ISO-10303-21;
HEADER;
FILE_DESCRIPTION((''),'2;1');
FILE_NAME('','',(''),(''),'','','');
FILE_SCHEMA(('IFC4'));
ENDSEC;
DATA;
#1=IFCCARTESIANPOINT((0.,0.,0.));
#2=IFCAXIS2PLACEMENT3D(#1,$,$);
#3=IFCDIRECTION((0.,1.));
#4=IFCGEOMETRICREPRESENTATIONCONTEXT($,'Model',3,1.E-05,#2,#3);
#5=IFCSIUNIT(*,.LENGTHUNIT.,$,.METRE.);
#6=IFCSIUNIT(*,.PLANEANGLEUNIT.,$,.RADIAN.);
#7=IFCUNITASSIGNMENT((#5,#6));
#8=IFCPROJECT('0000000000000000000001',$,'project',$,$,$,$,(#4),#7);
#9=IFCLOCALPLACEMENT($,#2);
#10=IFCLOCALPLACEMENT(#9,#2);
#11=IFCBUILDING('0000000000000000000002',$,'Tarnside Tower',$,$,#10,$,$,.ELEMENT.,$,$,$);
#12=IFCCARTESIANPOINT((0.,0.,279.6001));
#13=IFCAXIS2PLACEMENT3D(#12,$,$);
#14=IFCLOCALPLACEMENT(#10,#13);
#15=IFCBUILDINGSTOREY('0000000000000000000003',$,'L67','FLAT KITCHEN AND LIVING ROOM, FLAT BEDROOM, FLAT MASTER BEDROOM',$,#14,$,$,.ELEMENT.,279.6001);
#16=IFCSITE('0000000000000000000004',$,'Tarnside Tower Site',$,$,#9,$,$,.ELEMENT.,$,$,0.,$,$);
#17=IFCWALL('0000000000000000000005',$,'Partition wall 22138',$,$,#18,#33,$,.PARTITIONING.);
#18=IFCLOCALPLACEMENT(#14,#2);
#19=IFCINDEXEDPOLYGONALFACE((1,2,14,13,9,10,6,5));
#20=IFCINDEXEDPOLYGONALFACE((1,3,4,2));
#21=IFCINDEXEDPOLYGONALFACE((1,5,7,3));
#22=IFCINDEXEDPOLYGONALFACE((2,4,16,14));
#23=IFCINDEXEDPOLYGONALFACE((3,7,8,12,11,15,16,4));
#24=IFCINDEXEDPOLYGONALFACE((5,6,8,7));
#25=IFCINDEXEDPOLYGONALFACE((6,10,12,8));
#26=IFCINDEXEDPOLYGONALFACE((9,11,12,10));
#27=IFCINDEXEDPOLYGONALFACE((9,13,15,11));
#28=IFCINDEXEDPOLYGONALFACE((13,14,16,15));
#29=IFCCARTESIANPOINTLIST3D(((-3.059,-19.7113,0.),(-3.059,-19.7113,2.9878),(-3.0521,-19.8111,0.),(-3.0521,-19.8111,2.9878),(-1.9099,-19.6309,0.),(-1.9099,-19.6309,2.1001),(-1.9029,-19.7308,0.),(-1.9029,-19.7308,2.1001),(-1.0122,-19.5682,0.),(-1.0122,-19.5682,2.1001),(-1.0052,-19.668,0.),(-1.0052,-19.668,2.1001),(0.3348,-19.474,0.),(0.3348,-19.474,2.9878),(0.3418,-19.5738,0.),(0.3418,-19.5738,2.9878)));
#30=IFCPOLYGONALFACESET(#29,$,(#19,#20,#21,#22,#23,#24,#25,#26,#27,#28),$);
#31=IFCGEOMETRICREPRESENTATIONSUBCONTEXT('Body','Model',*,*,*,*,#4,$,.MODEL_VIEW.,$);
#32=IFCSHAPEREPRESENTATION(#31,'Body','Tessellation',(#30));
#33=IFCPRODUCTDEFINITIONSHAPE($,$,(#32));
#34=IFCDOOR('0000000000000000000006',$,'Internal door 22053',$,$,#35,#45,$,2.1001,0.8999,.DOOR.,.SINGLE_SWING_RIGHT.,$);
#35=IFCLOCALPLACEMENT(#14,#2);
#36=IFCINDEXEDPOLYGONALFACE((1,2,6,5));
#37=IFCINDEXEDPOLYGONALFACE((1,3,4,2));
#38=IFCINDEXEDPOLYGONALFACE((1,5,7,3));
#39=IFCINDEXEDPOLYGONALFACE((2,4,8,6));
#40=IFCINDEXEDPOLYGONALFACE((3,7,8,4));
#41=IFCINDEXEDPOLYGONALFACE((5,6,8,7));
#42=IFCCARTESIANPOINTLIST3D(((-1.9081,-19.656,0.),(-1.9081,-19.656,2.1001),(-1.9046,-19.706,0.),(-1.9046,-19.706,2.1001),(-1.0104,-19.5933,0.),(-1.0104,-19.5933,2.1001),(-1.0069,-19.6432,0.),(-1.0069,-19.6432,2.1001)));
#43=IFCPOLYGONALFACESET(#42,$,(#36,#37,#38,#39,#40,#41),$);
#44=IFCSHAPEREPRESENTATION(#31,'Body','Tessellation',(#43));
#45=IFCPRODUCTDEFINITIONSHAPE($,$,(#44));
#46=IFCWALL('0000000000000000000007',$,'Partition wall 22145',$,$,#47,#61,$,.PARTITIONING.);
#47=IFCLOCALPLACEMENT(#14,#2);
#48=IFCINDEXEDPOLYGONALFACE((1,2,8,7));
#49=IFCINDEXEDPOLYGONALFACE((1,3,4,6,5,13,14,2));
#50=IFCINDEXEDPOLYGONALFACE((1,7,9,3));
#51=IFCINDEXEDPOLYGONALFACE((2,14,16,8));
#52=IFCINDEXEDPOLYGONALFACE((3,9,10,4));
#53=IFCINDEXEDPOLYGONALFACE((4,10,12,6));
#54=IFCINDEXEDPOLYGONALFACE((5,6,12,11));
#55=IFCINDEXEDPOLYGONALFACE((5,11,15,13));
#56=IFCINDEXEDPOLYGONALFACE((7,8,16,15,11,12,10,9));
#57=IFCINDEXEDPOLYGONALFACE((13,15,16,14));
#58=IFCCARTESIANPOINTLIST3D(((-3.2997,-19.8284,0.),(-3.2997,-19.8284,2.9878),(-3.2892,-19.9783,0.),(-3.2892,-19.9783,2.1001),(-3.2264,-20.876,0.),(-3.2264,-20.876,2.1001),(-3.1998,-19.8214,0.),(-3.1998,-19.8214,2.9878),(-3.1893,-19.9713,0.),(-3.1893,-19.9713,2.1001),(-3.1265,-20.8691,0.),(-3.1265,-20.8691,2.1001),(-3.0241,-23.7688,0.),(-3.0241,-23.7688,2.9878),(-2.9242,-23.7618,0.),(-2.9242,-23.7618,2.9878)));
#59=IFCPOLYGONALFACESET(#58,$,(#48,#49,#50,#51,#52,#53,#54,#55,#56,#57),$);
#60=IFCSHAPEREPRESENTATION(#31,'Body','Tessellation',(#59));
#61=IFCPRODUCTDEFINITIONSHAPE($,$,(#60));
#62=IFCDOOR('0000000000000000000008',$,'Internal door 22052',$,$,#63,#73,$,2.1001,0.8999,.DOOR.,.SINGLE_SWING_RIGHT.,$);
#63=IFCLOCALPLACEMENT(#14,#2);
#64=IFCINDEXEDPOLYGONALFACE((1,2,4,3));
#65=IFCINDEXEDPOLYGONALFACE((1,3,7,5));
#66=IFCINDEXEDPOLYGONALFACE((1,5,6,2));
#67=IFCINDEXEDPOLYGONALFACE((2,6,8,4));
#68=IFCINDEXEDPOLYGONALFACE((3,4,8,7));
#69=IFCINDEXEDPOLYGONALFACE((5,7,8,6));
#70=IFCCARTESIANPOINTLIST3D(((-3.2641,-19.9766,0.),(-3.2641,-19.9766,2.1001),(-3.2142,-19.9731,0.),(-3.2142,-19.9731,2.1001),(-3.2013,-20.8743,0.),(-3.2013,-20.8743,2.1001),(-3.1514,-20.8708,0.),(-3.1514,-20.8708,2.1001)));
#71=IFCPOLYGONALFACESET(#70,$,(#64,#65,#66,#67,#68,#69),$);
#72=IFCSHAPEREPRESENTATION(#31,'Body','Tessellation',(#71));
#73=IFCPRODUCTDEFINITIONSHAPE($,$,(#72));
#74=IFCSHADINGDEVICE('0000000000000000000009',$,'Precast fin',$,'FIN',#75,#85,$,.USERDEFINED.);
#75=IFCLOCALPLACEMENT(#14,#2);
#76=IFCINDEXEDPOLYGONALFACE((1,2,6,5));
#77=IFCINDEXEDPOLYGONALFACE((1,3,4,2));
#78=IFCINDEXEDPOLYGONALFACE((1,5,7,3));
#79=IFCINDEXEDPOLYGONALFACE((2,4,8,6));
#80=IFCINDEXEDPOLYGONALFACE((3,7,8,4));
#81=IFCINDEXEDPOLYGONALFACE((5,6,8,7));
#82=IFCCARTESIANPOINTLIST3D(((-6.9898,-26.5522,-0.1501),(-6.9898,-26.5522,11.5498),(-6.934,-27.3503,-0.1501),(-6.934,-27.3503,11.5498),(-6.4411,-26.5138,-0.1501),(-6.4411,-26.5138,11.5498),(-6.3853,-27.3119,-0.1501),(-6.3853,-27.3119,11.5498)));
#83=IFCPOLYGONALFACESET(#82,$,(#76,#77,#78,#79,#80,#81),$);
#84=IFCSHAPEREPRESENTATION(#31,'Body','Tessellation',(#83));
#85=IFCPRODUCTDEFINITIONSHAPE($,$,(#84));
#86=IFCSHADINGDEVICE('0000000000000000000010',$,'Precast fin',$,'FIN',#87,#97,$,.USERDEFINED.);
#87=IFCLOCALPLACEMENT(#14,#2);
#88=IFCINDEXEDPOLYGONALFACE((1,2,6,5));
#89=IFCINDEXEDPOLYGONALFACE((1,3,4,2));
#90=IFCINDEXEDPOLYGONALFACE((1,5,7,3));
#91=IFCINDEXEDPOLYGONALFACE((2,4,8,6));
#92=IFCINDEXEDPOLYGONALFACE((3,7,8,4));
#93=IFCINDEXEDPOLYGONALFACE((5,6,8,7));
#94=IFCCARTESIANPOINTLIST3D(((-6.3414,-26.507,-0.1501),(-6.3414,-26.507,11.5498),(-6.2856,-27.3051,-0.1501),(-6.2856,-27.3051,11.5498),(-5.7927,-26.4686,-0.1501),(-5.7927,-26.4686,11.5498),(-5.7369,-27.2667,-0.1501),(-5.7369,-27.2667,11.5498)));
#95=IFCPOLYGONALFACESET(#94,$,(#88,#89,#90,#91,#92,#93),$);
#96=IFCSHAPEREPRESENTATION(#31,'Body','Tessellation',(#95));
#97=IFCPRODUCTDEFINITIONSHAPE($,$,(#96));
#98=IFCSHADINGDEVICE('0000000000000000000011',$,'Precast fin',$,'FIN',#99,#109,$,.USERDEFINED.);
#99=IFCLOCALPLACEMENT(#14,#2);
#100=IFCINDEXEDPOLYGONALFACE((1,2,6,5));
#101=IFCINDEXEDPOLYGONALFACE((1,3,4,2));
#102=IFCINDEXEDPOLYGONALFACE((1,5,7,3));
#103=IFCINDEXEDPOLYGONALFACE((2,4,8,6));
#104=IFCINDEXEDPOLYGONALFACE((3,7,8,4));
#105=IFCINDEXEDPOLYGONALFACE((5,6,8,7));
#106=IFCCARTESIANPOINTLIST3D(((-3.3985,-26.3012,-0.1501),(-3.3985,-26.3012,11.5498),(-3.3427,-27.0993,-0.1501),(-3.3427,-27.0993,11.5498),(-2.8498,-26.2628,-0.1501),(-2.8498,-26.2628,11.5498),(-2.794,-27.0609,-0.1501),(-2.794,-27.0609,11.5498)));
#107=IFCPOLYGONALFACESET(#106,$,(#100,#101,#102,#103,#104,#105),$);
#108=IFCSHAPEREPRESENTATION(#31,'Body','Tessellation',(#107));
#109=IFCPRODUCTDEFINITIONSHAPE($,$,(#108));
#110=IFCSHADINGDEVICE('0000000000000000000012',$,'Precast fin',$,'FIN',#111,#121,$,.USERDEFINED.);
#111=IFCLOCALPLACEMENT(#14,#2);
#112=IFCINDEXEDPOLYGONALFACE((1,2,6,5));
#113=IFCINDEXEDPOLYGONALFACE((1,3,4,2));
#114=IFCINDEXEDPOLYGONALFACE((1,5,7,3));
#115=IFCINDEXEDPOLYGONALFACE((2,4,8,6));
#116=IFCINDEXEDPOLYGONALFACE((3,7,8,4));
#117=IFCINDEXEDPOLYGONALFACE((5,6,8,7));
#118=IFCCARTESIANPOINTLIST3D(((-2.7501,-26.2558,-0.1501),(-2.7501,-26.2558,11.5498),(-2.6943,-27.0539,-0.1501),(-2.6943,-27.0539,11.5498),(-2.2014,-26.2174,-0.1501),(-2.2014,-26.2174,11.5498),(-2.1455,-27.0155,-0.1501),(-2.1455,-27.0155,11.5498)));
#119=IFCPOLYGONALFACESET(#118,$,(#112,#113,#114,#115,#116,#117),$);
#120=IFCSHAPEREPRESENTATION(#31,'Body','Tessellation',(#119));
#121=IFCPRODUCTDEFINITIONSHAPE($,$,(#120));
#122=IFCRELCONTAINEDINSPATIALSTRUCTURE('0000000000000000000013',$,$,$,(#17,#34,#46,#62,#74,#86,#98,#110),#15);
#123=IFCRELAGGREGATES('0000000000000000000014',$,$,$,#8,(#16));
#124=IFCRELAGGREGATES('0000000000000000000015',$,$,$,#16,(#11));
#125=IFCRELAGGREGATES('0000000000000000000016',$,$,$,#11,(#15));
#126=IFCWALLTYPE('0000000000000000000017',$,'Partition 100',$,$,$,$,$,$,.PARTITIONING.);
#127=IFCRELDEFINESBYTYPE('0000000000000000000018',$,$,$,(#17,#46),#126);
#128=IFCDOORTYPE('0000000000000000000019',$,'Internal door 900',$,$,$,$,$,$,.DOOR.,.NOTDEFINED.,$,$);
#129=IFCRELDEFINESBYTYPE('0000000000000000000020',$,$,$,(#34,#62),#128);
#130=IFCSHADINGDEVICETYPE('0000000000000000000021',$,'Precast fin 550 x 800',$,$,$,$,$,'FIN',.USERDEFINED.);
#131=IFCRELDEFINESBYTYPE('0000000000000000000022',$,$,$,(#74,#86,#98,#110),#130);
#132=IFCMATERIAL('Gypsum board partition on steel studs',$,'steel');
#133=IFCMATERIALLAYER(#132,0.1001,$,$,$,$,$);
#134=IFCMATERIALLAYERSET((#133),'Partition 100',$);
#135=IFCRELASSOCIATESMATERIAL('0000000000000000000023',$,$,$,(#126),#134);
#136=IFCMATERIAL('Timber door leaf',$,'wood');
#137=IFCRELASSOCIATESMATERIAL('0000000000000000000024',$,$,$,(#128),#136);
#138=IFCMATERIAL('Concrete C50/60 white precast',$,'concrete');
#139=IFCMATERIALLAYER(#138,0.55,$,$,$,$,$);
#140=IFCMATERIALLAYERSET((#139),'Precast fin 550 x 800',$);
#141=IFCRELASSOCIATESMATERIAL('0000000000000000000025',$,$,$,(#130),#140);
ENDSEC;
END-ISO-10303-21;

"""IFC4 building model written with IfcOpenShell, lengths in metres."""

from ifc_helpers import new_model, si_unit, direction, frame, frame_2d, origin, place, context, subcontext, project, spatial, polyline, rectangle, outline, extrude, material, layer, layer_set, type_object, element, fill, save


model = new_model("IFC4")

# Units and contexts
model_context = context("Model", 3, precision=1e-05, world=origin(), true_north=direction((0.0, 1.0)))
body_context = subcontext(model_context, "Body", "Model", "MODEL_VIEW")
ifc_project = project(units=[si_unit("LENGTHUNIT", "METRE"), si_unit("PLANEANGLEUNIT", "RADIAN")], contexts=[model_context])

# Site, building, storey
site_placement = place(None, origin())
site = spatial("IfcSite", under=ifc_project, at=site_placement, Name="Tarnside Tower Site", CompositionType="ELEMENT", RefElevation=0.0)
building_placement = place(site_placement, origin())
building = spatial("IfcBuilding", under=site, at=building_placement, Name="Tarnside Tower", CompositionType="ELEMENT")
storey_placement = place(building_placement, frame((0.0, 0.0, 279.6001)))
storey = spatial("IfcBuildingStorey", under=building, at=storey_placement, Name="L67", Description="FLAT KITCHEN AND LIVING ROOM, FLAT BEDROOM, FLAT MASTER BEDROOM", CompositionType="ELEMENT", Elevation=279.6001)

# Shared definitions
ifc_material_1 = material(Name="Gypsum board partition on steel studs", Category="steel")
ifc_material_2 = material(Name="Timber door leaf", Category="wood")

# Walls, openings, doors
ifc_layer_1 = layer(ifc_material_1, 0.1001)
ifc_layer_set_1 = layer_set([ifc_layer_1], Name="Partition 100")
wall_type_1 = type_object("IfcWallType", Name="Partition 100", PredefinedType="PARTITIONING", material=ifc_layer_set_1)
wall_1_placement = place(storey_placement, frame((-3.0557, -19.7612, 0.0), z_axis=(0.0, 0.0, 1.0), x_axis=(0.997564, 0.069753, 0.0)))
wall_1 = element("IfcWall", 1, at=wall_1_placement, inside=storey, type_object=wall_type_1, Name="Partition wall 22138", PredefinedType="PARTITIONING", context=body_context, shape_type="SweptSolid", body=[
    extrude(rectangle(XDim=3.4021, YDim=0.1001, at=frame_2d((1.7012, 0.0))), origin(), (0.0, 0.0, 1.0), 2.9878),
])
opening_1_placement = place(wall_1_placement, frame((1.1521, 0.0, 0.0)))
opening_1 = element("IfcOpeningElement", 2, at=opening_1_placement, cuts=wall_1, PredefinedType="OPENING", context=body_context, shape_type="SweptSolid", body=[
    extrude(rectangle(XDim=0.8999, YDim=2.1001, at=frame_2d((0.45, 1.05))), frame((0.0, 0.0601, 0.0), z_axis=(0.0, -1.0, 0.0), x_axis=(1.0, 0.0, 0.0)), (0.0, 0.0, 1.0), 0.1201),
])
door_type_1 = type_object("IfcDoorType", Name="Internal door 900", OperationType="NOTDEFINED", PredefinedType="DOOR", material=ifc_material_2)
door_1_placement = place(opening_1_placement, origin())
door_1 = element("IfcDoor", 3, at=door_1_placement, inside=storey, type_object=door_type_1, Name="Internal door 22053", OperationType="SINGLE_SWING_RIGHT", OverallHeight=2.1001, OverallWidth=0.8999, PredefinedType="DOOR", context=body_context, shape_type="SweptSolid", body=[
    extrude(rectangle(XDim=0.8999, YDim=2.1001, at=frame_2d((0.45, 1.05))), frame((0.0, 0.0249, 0.0), z_axis=(0.0, -1.0, 0.0), x_axis=(1.0, 0.0, 0.0)), (0.0, 0.0, 1.0), 0.05),
])
fill(opening_1, door_1)
wall_2_placement = place(storey_placement, frame((-2.9741, -23.7654, 0.0), z_axis=(0.0, 0.0, 1.0), x_axis=(-0.06978, 0.997562, 0.0)))
wall_2 = element("IfcWall", 4, at=wall_2_placement, inside=storey, type_object=wall_type_1, Name="Partition wall 22145", PredefinedType="PARTITIONING", context=body_context, shape_type="SweptSolid", body=[
    extrude(rectangle(XDim=3.95, YDim=0.1001, at=frame_2d((1.9751, 0.0))), origin(), (0.0, 0.0, 1.0), 2.9878),
])
opening_2_placement = place(wall_2_placement, frame((2.8999, 0.0, 0.0)))
opening_2 = element("IfcOpeningElement", 5, at=opening_2_placement, cuts=wall_2, PredefinedType="OPENING", context=body_context, shape_type="SweptSolid", body=[
    extrude(rectangle(XDim=0.8999, YDim=2.1001, at=frame_2d((0.45, 1.05))), frame((0.0, 0.0601, 0.0), z_axis=(0.0, -1.0, 0.0), x_axis=(1.0, 0.0, 0.0)), (0.0, 0.0, 1.0), 0.1201),
])
door_2_placement = place(opening_2_placement, origin())
door_2 = element("IfcDoor", 6, at=door_2_placement, inside=storey, type_object=door_type_1, Name="Internal door 22052", OperationType="SINGLE_SWING_RIGHT", OverallHeight=2.1001, OverallWidth=0.8999, PredefinedType="DOOR", context=body_context, shape_type="SweptSolid", body=[
    extrude(rectangle(XDim=0.8999, YDim=2.1001, at=frame_2d((0.45, 1.05))), frame((0.0, 0.0249, 0.0), z_axis=(0.0, -1.0, 0.0), x_axis=(1.0, 0.0, 0.0)), (0.0, 0.0, 1.0), 0.05),
])
fill(opening_2, door_2)

# Shading devices
ifc_material_3 = material(Name="Concrete C50/60 white precast", Category="concrete")
ifc_layer_2 = layer(ifc_material_3, 0.55)
ifc_layer_set_2 = layer_set([ifc_layer_2], Name="Precast fin 550 x 800")
shading_device_type = type_object("IfcShadingDeviceType", Name="Precast fin 550 x 800", ElementType="FIN", PredefinedType="USERDEFINED", material=ifc_layer_set_2)
for number, where, z_axis, x_axis, name in (
    (7, (-6.7153, -26.533, -0.1501), (-0.997564, -0.069756, 0.0), (0.069756, -0.997564, 0.0), "Precast fin"),
    (8, (-6.0669, -26.4878, -0.1501), (-0.997564, -0.069756, 0.0), (0.069756, -0.997564, 0.0), "Precast fin"),
    (9, (-3.124, -26.282, -0.1501), (-0.997564, -0.069756, 0.0), (0.069756, -0.997564, 0.0), "Precast fin"),
    (10, (-2.4756, -26.2366, -0.1501), (-0.997564, -0.069756, 0.0), (0.069756, -0.997564, 0.0), "Precast fin"),
):
    element("IfcShadingDevice", number, at=place(storey_placement, frame(where, z_axis=z_axis, x_axis=x_axis)), inside=storey, type_object=shading_device_type, Name=name, ObjectType="FIN", PredefinedType="USERDEFINED", context=body_context, shape_type="SweptSolid", body=[
        extrude(outline(polyline([(0.0, 0.0), (0.8, 0.0), (0.8, 11.7), (0.0, 11.7), (0.0, 0.0)])), frame((0.0, 0.0, -0.2749)), (0.0, 0.0, 1.0), 0.55),
    ])

save(model, "model.ifc")
